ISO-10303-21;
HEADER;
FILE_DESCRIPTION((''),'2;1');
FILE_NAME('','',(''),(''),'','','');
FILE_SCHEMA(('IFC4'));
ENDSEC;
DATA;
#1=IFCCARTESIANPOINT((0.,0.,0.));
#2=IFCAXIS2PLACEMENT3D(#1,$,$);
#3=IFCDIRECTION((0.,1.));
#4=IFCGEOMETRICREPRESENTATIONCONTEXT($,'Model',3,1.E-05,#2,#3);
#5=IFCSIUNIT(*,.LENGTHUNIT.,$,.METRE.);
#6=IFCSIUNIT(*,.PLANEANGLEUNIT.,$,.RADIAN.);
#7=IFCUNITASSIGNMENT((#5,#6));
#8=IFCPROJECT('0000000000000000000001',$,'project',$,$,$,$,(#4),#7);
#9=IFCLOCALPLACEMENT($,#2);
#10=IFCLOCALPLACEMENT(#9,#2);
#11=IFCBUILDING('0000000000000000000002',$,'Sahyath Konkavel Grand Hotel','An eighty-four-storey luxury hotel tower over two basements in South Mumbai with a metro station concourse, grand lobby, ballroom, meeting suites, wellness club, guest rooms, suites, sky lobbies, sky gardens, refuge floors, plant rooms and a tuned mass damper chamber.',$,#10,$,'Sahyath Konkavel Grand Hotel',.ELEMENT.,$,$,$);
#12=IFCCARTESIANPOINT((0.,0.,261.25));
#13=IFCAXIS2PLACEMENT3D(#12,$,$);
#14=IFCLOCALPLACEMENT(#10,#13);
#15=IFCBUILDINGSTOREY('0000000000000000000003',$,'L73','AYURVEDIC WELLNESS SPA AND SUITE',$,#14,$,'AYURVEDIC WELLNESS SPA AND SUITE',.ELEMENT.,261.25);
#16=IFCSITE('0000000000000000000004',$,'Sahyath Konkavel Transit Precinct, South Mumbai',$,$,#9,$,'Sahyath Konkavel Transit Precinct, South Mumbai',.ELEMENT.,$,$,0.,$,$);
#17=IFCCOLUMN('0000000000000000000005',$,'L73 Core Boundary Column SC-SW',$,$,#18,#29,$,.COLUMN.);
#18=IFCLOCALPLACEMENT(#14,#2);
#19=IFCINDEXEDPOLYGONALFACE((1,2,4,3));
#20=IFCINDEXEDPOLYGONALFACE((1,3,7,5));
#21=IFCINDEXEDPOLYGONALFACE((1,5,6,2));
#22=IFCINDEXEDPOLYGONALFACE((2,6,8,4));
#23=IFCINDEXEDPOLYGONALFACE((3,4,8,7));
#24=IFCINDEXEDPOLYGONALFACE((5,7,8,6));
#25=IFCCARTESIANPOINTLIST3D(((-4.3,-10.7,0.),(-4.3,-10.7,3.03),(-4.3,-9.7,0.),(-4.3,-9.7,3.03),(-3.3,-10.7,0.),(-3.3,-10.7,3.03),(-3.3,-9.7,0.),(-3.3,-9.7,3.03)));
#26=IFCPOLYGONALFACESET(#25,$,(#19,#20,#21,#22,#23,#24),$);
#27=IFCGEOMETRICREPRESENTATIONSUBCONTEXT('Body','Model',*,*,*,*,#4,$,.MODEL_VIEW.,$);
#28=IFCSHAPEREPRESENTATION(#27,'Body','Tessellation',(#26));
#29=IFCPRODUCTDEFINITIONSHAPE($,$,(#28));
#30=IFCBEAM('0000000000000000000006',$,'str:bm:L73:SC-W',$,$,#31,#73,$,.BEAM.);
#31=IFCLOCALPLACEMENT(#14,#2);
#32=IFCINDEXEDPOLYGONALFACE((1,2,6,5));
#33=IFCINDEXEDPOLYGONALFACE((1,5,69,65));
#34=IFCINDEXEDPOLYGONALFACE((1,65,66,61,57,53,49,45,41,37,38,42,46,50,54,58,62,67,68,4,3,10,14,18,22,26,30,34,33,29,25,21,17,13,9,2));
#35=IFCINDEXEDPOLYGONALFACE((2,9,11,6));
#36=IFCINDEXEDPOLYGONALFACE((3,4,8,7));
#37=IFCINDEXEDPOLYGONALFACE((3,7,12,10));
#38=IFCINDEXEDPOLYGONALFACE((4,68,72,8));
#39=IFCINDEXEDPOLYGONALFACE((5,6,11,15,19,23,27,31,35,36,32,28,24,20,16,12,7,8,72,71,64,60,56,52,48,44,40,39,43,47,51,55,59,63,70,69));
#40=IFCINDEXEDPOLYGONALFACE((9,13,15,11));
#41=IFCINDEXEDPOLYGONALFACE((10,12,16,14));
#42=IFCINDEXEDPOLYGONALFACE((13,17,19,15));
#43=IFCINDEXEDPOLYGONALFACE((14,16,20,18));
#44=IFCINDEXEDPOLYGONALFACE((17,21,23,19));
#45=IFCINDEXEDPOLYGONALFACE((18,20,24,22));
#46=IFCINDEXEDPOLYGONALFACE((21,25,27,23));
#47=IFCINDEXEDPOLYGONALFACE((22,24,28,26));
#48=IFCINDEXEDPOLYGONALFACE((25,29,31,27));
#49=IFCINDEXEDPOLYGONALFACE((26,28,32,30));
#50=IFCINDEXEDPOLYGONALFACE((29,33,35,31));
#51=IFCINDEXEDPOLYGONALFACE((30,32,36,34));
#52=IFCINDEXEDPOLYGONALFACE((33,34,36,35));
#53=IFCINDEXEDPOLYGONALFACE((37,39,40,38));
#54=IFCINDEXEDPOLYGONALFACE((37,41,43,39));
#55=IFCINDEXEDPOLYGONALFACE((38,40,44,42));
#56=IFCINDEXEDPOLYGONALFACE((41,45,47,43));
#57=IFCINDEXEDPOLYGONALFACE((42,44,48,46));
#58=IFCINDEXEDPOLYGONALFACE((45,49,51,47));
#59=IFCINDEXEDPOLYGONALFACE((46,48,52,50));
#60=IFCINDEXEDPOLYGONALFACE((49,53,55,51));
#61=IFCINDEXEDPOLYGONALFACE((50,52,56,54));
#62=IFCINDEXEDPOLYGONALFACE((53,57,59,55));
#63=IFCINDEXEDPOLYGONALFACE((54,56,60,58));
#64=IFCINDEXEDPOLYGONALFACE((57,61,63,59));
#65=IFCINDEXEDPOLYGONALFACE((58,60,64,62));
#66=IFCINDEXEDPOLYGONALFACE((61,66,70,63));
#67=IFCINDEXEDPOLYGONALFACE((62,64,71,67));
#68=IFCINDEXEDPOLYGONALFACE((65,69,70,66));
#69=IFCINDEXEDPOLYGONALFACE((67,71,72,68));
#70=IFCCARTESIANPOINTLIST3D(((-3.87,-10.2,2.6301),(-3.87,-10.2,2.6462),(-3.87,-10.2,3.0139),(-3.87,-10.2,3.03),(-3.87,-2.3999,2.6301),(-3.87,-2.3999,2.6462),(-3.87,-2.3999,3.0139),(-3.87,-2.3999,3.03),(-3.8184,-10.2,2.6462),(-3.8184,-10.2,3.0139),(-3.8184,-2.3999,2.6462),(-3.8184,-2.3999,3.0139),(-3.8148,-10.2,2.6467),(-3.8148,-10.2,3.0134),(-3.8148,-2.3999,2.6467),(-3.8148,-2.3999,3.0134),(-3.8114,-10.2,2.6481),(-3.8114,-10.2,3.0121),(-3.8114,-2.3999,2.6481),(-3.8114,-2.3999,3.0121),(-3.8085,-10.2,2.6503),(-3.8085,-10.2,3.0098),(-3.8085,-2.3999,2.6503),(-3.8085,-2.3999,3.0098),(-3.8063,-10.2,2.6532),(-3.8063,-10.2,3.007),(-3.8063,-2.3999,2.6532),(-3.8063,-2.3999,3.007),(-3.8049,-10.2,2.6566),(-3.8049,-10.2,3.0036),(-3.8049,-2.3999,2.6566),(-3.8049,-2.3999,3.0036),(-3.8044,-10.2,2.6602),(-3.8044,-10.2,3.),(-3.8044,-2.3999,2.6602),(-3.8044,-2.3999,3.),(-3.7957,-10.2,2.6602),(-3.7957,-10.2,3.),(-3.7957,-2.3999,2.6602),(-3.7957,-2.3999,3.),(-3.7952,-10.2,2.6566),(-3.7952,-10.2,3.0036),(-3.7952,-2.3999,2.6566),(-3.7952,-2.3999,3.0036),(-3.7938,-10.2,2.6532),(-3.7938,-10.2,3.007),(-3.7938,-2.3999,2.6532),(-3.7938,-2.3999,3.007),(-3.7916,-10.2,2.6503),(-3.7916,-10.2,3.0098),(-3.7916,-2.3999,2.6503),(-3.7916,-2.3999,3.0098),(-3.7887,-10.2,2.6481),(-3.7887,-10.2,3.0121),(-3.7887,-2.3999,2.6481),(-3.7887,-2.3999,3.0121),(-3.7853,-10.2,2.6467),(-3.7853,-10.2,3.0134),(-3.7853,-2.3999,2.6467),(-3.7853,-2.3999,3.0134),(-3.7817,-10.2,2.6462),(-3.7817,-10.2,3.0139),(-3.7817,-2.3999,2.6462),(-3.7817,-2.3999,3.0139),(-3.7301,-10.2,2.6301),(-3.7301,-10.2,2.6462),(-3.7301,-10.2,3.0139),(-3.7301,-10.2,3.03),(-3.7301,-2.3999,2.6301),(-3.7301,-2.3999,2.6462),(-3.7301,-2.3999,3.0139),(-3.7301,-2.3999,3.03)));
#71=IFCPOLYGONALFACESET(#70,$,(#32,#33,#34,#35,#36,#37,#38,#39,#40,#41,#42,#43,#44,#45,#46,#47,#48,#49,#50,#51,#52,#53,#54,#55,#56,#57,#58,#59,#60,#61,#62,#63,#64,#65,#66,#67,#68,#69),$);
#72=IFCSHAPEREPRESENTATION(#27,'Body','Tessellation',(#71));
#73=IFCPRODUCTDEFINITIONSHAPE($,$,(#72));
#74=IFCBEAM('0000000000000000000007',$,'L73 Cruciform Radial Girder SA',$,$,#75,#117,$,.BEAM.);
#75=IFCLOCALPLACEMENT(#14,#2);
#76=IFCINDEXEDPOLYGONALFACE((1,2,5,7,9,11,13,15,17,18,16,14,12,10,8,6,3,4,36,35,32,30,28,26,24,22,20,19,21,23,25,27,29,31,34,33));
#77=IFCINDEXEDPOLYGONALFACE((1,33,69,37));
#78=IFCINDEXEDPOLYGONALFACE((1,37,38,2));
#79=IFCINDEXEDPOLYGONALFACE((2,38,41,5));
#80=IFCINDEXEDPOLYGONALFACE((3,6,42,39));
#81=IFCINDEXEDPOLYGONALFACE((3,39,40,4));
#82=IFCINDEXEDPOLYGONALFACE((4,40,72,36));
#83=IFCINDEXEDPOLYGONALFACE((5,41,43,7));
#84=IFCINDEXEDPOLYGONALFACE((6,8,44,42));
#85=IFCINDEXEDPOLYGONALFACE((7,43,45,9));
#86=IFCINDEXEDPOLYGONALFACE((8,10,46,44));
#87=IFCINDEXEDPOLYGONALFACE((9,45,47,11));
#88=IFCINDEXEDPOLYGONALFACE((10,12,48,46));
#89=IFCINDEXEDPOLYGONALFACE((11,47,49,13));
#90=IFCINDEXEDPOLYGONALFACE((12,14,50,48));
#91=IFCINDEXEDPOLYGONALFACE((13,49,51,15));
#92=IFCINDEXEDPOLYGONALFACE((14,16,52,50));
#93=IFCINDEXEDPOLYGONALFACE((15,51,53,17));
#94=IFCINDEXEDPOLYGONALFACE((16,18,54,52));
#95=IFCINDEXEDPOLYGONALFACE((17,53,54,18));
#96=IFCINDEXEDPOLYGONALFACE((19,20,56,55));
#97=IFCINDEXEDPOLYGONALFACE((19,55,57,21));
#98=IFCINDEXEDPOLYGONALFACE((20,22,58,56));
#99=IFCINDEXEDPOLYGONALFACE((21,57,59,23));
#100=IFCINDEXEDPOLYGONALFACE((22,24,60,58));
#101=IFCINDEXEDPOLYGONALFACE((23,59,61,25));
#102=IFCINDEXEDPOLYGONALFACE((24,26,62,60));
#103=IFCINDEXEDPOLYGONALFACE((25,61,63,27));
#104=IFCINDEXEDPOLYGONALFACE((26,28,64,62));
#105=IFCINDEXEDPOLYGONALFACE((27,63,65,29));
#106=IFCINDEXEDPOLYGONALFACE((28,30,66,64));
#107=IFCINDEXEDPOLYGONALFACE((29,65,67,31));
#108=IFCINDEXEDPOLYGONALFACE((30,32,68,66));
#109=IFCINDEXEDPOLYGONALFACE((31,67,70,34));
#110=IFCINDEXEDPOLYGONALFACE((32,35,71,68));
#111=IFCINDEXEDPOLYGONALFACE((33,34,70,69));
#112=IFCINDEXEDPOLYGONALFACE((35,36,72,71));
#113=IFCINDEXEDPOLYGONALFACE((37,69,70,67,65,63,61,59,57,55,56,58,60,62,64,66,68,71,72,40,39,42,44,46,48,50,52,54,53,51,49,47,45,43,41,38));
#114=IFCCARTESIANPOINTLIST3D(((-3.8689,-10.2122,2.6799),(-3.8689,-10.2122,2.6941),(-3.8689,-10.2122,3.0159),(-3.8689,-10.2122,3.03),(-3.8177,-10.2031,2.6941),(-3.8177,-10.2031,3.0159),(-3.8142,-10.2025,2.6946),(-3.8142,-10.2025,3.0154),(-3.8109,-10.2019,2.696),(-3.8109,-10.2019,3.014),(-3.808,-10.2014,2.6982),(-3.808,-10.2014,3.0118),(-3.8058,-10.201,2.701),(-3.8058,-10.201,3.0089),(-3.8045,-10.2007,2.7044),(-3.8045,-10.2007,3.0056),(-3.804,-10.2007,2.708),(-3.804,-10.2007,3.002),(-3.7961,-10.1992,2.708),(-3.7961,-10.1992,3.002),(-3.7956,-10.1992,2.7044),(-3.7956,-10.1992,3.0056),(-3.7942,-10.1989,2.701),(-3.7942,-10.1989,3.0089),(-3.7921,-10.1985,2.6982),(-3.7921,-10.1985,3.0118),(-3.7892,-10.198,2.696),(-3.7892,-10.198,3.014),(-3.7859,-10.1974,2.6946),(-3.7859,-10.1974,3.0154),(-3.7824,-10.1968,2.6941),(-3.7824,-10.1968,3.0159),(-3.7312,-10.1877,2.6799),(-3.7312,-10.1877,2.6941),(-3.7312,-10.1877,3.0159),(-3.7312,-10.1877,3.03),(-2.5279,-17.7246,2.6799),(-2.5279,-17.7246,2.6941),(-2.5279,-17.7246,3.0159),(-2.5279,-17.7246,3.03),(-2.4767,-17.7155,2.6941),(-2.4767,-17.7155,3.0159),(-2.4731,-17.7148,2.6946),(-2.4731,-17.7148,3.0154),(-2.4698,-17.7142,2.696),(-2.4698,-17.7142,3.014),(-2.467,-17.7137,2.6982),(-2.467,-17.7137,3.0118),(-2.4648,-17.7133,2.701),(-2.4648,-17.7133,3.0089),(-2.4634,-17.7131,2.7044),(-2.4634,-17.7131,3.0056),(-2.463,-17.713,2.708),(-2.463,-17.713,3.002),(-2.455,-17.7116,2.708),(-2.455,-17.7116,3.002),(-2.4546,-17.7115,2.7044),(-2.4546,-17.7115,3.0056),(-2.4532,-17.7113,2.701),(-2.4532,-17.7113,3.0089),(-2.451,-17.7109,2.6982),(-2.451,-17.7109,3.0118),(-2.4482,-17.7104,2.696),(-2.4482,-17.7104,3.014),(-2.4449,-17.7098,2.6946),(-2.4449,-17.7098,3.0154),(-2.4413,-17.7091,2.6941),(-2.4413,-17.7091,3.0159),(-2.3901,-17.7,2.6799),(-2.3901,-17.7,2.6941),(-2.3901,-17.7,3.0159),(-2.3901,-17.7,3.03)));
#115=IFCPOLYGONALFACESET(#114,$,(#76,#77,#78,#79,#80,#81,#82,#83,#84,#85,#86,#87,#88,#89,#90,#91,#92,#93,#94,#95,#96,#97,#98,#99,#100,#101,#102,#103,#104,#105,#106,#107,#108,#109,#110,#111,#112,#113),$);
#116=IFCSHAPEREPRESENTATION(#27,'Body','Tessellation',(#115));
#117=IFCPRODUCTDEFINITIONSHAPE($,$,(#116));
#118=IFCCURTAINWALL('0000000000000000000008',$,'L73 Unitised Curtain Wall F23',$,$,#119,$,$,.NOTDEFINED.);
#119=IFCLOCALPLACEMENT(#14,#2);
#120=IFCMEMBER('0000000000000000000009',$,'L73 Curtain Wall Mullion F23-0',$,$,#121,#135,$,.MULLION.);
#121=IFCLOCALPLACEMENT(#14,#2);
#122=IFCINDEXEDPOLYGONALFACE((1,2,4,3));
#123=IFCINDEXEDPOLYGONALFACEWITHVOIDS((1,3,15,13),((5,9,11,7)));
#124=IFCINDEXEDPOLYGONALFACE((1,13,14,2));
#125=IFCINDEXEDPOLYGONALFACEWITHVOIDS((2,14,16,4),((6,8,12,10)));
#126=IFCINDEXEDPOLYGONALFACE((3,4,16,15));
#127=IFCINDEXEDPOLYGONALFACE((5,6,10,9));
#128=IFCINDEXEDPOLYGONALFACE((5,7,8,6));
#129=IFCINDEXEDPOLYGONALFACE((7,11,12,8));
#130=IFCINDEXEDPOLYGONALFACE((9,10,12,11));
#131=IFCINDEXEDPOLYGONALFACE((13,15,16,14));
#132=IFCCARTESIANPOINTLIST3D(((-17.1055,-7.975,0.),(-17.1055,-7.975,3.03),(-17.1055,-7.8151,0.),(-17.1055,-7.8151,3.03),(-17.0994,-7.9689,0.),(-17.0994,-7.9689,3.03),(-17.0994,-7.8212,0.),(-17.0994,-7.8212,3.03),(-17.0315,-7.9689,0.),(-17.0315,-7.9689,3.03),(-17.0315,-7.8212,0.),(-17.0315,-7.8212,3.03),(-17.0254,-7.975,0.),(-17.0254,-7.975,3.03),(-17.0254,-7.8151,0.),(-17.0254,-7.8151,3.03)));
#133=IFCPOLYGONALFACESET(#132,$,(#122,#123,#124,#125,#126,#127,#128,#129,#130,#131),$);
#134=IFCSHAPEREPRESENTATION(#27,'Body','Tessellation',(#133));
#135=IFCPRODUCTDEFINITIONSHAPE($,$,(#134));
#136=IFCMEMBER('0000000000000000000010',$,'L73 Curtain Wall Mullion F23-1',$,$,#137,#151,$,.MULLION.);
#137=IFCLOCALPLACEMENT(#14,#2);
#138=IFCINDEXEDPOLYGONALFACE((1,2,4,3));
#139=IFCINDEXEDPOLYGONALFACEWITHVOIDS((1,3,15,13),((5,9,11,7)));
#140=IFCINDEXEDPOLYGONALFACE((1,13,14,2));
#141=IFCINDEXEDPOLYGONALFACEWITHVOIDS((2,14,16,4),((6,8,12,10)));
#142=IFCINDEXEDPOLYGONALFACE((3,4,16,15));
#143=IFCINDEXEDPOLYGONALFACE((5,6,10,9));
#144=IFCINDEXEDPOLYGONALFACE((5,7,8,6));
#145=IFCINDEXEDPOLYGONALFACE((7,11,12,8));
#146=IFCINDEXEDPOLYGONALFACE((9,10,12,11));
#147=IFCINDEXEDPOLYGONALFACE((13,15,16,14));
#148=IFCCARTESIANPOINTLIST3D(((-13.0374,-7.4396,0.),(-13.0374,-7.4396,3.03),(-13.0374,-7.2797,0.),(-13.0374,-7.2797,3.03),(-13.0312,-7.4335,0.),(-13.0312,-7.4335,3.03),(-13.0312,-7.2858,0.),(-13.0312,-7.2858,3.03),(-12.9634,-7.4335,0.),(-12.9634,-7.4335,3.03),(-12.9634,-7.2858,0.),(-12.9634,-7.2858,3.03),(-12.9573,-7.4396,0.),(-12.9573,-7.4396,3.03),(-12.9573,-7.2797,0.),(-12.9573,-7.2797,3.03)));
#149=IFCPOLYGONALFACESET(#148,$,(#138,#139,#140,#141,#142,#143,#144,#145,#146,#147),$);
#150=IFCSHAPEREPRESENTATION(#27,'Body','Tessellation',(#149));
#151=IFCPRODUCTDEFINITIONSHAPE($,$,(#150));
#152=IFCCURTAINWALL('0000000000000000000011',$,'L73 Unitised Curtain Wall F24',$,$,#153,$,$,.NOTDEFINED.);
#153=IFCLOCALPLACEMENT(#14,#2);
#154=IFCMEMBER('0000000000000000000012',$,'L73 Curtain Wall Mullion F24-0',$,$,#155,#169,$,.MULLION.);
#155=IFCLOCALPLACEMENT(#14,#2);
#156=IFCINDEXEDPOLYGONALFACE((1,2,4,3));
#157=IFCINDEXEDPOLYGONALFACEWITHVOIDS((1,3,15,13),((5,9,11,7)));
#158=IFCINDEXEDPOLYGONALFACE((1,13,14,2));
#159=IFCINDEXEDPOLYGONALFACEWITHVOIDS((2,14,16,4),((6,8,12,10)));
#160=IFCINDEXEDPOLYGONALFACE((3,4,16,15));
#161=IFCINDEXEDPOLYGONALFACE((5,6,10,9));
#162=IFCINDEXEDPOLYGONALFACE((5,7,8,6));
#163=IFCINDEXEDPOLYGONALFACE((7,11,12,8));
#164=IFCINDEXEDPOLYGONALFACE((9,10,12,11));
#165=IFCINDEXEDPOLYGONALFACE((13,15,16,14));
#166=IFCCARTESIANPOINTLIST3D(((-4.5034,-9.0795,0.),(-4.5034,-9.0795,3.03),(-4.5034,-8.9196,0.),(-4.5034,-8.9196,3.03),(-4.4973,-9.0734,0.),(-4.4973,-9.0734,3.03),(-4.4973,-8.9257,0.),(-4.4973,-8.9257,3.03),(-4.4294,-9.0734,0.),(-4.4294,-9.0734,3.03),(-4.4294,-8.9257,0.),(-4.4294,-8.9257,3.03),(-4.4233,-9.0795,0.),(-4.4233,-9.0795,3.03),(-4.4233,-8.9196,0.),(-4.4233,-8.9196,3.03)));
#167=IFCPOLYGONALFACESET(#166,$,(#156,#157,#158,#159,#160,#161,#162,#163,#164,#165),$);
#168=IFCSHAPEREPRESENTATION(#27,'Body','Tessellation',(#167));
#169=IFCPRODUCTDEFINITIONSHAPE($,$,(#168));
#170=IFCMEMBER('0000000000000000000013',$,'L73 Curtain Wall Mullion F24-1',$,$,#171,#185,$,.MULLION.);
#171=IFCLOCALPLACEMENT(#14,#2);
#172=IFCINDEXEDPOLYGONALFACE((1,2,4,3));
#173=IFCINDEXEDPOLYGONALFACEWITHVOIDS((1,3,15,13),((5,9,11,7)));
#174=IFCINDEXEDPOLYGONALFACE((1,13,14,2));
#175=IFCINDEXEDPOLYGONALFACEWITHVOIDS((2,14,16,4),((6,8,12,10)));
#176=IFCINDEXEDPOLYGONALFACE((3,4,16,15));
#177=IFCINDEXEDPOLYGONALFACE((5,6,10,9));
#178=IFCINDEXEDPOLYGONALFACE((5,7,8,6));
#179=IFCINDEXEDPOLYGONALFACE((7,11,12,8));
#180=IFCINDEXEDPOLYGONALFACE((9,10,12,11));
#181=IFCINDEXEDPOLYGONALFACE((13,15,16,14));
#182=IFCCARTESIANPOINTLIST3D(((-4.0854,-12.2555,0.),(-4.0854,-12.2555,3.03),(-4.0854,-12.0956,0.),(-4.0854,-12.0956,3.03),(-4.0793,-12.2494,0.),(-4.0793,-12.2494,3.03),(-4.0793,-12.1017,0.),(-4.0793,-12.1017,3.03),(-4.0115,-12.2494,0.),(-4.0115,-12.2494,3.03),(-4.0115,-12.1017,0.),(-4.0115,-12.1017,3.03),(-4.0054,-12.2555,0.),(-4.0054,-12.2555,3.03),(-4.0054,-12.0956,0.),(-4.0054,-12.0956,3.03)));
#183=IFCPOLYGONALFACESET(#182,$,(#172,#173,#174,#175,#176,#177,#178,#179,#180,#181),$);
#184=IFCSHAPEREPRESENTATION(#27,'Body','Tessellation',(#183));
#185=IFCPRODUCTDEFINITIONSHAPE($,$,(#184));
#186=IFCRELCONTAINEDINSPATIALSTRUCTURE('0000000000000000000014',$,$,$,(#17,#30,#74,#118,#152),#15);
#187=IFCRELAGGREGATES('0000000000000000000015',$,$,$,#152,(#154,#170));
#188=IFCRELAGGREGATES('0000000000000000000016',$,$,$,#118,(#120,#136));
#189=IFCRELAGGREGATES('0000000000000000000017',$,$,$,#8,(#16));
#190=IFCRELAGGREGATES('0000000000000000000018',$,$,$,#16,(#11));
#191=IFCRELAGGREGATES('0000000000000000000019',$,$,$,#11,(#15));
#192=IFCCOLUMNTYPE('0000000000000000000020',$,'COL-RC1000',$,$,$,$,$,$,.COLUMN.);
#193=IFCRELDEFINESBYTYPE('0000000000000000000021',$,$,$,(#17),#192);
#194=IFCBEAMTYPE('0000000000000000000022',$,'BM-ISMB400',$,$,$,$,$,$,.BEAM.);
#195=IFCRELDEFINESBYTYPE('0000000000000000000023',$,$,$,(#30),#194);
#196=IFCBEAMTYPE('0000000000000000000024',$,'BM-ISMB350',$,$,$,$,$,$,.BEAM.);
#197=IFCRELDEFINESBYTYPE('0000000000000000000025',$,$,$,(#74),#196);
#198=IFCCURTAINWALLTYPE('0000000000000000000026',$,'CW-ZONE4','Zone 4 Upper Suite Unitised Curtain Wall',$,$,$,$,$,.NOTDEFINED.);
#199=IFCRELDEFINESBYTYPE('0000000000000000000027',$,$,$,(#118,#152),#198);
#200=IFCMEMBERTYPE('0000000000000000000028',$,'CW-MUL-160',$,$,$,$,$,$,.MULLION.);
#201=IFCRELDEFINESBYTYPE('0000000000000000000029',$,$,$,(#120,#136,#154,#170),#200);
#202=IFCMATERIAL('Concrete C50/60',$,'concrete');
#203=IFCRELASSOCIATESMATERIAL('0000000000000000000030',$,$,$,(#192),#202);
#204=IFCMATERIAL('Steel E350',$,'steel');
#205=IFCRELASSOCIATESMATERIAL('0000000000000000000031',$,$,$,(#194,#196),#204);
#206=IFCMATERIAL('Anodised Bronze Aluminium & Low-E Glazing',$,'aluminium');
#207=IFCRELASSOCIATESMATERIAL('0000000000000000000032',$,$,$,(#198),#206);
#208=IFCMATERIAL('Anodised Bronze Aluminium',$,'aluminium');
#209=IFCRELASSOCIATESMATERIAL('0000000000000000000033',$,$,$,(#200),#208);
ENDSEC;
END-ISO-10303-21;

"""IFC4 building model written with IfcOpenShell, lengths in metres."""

from ifc_helpers import new_model, si_unit, direction, frame, origin, origin_2d, place, context, subcontext, project, spatial, rectangle, hollow_rectangle, i_section, extrude, source, transform, mapped, material, material_profile, profile_set, type_object, element, aggregate, save


model = new_model("IFC4")

# Units and contexts
model_context = context("Model", 3, precision=1e-05, world=origin(), true_north=direction((0.0, 1.0)))
body_context = subcontext(model_context, "Body", "Model", "MODEL_VIEW")
ifc_project = project(units=[si_unit("LENGTHUNIT", "METRE"), si_unit("PLANEANGLEUNIT", "RADIAN")], contexts=[model_context])

# Site, building, storey
site_placement = place(None, origin())
site = spatial("IfcSite", under=ifc_project, at=site_placement, Name="Sahyath Konkavel Transit Precinct, South Mumbai", LongName="Sahyath Konkavel Transit Precinct, South Mumbai", CompositionType="ELEMENT", RefElevation=0.0)
building_placement = place(site_placement, origin())
building = spatial("IfcBuilding", under=site, at=building_placement, Name="Sahyath Konkavel Grand Hotel", Description="An eighty-four-storey luxury hotel tower over two basements in South Mumbai with a metro station concourse, grand lobby, ballroom, meeting suites, wellness club, guest rooms, suites, sky lobbies, sky gardens, refuge floors, plant rooms and a tuned mass damper chamber.", LongName="Sahyath Konkavel Grand Hotel", CompositionType="ELEMENT")
storey_placement = place(building_placement, frame((0.0, 0.0, 261.25)))
storey = spatial("IfcBuildingStorey", under=building, at=storey_placement, Name="L73", Description="AYURVEDIC WELLNESS SPA AND SUITE", LongName="AYURVEDIC WELLNESS SPA AND SUITE", CompositionType="ELEMENT", Elevation=261.25)

# Column
ifc_material_1 = material(Name="Concrete C50/60", Category="concrete")
ifc_material_profile_1 = material_profile(ifc_material_1, rectangle(XDim=1.0, YDim=1.0, at=origin_2d()), Name="RC 1000x1000")
ifc_profile_set_1 = profile_set([ifc_material_profile_1], Name="Concrete C50/60")
column_type = type_object("IfcColumnType", Name="COL-RC1000", PredefinedType="COLUMN", material=ifc_profile_set_1)
shared_shape_1 = source(origin(), body_context, "Body", "SweptSolid", [
    extrude(rectangle(XDim=1.0, YDim=1.0, at=origin_2d()), origin(), (0.0, 0.0, 1.0), 3.03),
])
column_placement = place(storey_placement, frame((-3.8, -10.2, 0.0), z_axis=(0.0, 0.0, 1.0), x_axis=(1.0, 0.0, 0.0)))
element("IfcColumn", 1, at=column_placement, inside=storey, type_object=column_type, Name="L73 Core Boundary Column SC-SW", PredefinedType="COLUMN", context=body_context, shape_type="MappedRepresentation", body=[
    mapped(shared_shape_1, transform((0.0, 0.0, 0.0), scale=1.0)),
])

# Beams
ifc_material_2 = material(Name="Steel E350", Category="steel")
ifc_material_profile_2 = material_profile(ifc_material_2, i_section(OverallWidth=0.1399, OverallDepth=0.3999, WebThickness=0.0088, FlangeThickness=0.0161, FilletRadius=0.0139, at=origin_2d()), Name="ISMB 400")
ifc_profile_set_2 = profile_set([ifc_material_profile_2], Name="Steel E350")
beam_type_1 = type_object("IfcBeamType", Name="BM-ISMB400", PredefinedType="BEAM", material=ifc_profile_set_2)
shared_shape_2 = source(origin(), body_context, "Body", "SweptSolid", [
    extrude(i_section(OverallWidth=0.1399, OverallDepth=0.3999, WebThickness=0.0088, FlangeThickness=0.0161, FilletRadius=0.0139, at=origin_2d()), origin(), (0.0, 0.0, 1.0), 7.8),
])
beam_1_placement = place(storey_placement, frame((-3.8, -10.2, 2.8301), z_axis=(0.0, 1.0, 0.0), x_axis=(-1.0, 0.0, 0.0)))
element("IfcBeam", 2, at=beam_1_placement, inside=storey, type_object=beam_type_1, Name="str:bm:L73:SC-W", PredefinedType="BEAM", context=body_context, shape_type="MappedRepresentation", body=[
    mapped(shared_shape_2, transform((0.0, 0.0, 0.0), scale=1.0)),
])
ifc_material_profile_3 = material_profile(ifc_material_2, i_section(OverallWidth=0.1399, OverallDepth=0.3501, WebThickness=0.0081, FlangeThickness=0.0142, FilletRadius=0.0139, at=origin_2d()), Name="ISMB 350")
ifc_profile_set_3 = profile_set([ifc_material_profile_3], Name="Steel E350")
beam_type_2 = type_object("IfcBeamType", Name="BM-ISMB350", PredefinedType="BEAM", material=ifc_profile_set_3)
shared_shape_3 = source(origin(), body_context, "Body", "SweptSolid", [
    extrude(i_section(OverallWidth=0.1399, OverallDepth=0.3501, WebThickness=0.0081, FlangeThickness=0.0142, FilletRadius=0.0139, at=origin_2d()), origin(), (0.0, 0.0, 1.0), 7.6311),
])
beam_2_placement = place(storey_placement, frame((-3.8, -10.2, 2.855), z_axis=(0.175734, -0.984438, 0.0), x_axis=(0.984438, 0.175734, 0.0)))
element("IfcBeam", 3, at=beam_2_placement, inside=storey, type_object=beam_type_2, Name="L73 Cruciform Radial Girder SA", PredefinedType="BEAM", context=body_context, shape_type="MappedRepresentation", body=[
    mapped(shared_shape_3, transform((0.0, 0.0, 0.0), scale=1.0)),
])

# Curtain walls, members
ifc_material_3 = material(Name="Anodised Bronze Aluminium & Low-E Glazing", Category="aluminium")
curtain_wall_type = type_object("IfcCurtainWallType", Name="CW-ZONE4", Description="Zone 4 Upper Suite Unitised Curtain Wall", PredefinedType="NOTDEFINED", material=ifc_material_3)
curtain_wall_1_placement = place(storey_placement, origin())
curtain_wall_1 = element("IfcCurtainWall", 4, at=curtain_wall_1_placement, inside=storey, type_object=curtain_wall_type, Name="L73 Unitised Curtain Wall F23", PredefinedType="NOTDEFINED")
ifc_material_4 = material(Name="Anodised Bronze Aluminium", Category="aluminium")
ifc_material_profile_4 = material_profile(ifc_material_4, hollow_rectangle(XDim=0.0801, YDim=0.1599, WallThickness=0.0061, at=origin_2d()), Name="RHS 160x80x6")
ifc_profile_set_4 = profile_set([ifc_material_profile_4], Name="Anodised Bronze Aluminium")
member_type_1 = type_object("IfcMemberType", Name="CW-MUL-160", PredefinedType="MULLION", material=ifc_profile_set_4)
shared_shape_4 = source(origin(), body_context, "Body", "SweptSolid", [
    extrude(hollow_rectangle(XDim=0.0801, YDim=0.1599, WallThickness=0.0061, at=origin_2d()), origin(), (0.0, 0.0, 1.0), 3.03),
])
member_1_placement = place(storey_placement, frame((-17.0654, -7.895, 0.0), z_axis=(0.0, 0.0, 1.0), x_axis=(1.0, 0.0, 0.0)))
member_1 = element("IfcMember", 5, at=member_1_placement, type_object=member_type_1, Name="L73 Curtain Wall Mullion F23-0", PredefinedType="MULLION", context=body_context, shape_type="MappedRepresentation", body=[
    mapped(shared_shape_4, transform((0.0, 0.0, 0.0), scale=1.0)),
])
member_2_placement = place(storey_placement, frame((-12.9973, -7.3596, 0.0), z_axis=(0.0, 0.0, 1.0), x_axis=(1.0, 0.0, 0.0)))
member_2 = element("IfcMember", 6, at=member_2_placement, type_object=member_type_1, Name="L73 Curtain Wall Mullion F23-1", PredefinedType="MULLION", context=body_context, shape_type="MappedRepresentation", body=[
    mapped(shared_shape_4, transform((0.0, 0.0, 0.0), scale=1.0)),
])
curtain_wall_2_placement = place(storey_placement, origin())
curtain_wall_2 = element("IfcCurtainWall", 7, at=curtain_wall_2_placement, inside=storey, type_object=curtain_wall_type, Name="L73 Unitised Curtain Wall F24", PredefinedType="NOTDEFINED")
member_3_placement = place(storey_placement, frame((-4.4634, -8.9995, 0.0), z_axis=(0.0, 0.0, 1.0), x_axis=(1.0, 0.0, 0.0)))
member_3 = element("IfcMember", 8, at=member_3_placement, type_object=member_type_1, Name="L73 Curtain Wall Mullion F24-0", PredefinedType="MULLION", context=body_context, shape_type="MappedRepresentation", body=[
    mapped(shared_shape_4, transform((0.0, 0.0, 0.0), scale=1.0)),
])
member_4_placement = place(storey_placement, frame((-4.0454, -12.1755, 0.0), z_axis=(0.0, 0.0, 1.0), x_axis=(1.0, 0.0, 0.0)))
member_4 = element("IfcMember", 9, at=member_4_placement, type_object=member_type_1, Name="L73 Curtain Wall Mullion F24-1", PredefinedType="MULLION", context=body_context, shape_type="MappedRepresentation", body=[
    mapped(shared_shape_4, transform((0.0, 0.0, 0.0), scale=1.0)),
])

aggregate(curtain_wall_2, [member_3, member_4])
aggregate(curtain_wall_1, [member_1, member_2])

save(model, "model.ifc")
